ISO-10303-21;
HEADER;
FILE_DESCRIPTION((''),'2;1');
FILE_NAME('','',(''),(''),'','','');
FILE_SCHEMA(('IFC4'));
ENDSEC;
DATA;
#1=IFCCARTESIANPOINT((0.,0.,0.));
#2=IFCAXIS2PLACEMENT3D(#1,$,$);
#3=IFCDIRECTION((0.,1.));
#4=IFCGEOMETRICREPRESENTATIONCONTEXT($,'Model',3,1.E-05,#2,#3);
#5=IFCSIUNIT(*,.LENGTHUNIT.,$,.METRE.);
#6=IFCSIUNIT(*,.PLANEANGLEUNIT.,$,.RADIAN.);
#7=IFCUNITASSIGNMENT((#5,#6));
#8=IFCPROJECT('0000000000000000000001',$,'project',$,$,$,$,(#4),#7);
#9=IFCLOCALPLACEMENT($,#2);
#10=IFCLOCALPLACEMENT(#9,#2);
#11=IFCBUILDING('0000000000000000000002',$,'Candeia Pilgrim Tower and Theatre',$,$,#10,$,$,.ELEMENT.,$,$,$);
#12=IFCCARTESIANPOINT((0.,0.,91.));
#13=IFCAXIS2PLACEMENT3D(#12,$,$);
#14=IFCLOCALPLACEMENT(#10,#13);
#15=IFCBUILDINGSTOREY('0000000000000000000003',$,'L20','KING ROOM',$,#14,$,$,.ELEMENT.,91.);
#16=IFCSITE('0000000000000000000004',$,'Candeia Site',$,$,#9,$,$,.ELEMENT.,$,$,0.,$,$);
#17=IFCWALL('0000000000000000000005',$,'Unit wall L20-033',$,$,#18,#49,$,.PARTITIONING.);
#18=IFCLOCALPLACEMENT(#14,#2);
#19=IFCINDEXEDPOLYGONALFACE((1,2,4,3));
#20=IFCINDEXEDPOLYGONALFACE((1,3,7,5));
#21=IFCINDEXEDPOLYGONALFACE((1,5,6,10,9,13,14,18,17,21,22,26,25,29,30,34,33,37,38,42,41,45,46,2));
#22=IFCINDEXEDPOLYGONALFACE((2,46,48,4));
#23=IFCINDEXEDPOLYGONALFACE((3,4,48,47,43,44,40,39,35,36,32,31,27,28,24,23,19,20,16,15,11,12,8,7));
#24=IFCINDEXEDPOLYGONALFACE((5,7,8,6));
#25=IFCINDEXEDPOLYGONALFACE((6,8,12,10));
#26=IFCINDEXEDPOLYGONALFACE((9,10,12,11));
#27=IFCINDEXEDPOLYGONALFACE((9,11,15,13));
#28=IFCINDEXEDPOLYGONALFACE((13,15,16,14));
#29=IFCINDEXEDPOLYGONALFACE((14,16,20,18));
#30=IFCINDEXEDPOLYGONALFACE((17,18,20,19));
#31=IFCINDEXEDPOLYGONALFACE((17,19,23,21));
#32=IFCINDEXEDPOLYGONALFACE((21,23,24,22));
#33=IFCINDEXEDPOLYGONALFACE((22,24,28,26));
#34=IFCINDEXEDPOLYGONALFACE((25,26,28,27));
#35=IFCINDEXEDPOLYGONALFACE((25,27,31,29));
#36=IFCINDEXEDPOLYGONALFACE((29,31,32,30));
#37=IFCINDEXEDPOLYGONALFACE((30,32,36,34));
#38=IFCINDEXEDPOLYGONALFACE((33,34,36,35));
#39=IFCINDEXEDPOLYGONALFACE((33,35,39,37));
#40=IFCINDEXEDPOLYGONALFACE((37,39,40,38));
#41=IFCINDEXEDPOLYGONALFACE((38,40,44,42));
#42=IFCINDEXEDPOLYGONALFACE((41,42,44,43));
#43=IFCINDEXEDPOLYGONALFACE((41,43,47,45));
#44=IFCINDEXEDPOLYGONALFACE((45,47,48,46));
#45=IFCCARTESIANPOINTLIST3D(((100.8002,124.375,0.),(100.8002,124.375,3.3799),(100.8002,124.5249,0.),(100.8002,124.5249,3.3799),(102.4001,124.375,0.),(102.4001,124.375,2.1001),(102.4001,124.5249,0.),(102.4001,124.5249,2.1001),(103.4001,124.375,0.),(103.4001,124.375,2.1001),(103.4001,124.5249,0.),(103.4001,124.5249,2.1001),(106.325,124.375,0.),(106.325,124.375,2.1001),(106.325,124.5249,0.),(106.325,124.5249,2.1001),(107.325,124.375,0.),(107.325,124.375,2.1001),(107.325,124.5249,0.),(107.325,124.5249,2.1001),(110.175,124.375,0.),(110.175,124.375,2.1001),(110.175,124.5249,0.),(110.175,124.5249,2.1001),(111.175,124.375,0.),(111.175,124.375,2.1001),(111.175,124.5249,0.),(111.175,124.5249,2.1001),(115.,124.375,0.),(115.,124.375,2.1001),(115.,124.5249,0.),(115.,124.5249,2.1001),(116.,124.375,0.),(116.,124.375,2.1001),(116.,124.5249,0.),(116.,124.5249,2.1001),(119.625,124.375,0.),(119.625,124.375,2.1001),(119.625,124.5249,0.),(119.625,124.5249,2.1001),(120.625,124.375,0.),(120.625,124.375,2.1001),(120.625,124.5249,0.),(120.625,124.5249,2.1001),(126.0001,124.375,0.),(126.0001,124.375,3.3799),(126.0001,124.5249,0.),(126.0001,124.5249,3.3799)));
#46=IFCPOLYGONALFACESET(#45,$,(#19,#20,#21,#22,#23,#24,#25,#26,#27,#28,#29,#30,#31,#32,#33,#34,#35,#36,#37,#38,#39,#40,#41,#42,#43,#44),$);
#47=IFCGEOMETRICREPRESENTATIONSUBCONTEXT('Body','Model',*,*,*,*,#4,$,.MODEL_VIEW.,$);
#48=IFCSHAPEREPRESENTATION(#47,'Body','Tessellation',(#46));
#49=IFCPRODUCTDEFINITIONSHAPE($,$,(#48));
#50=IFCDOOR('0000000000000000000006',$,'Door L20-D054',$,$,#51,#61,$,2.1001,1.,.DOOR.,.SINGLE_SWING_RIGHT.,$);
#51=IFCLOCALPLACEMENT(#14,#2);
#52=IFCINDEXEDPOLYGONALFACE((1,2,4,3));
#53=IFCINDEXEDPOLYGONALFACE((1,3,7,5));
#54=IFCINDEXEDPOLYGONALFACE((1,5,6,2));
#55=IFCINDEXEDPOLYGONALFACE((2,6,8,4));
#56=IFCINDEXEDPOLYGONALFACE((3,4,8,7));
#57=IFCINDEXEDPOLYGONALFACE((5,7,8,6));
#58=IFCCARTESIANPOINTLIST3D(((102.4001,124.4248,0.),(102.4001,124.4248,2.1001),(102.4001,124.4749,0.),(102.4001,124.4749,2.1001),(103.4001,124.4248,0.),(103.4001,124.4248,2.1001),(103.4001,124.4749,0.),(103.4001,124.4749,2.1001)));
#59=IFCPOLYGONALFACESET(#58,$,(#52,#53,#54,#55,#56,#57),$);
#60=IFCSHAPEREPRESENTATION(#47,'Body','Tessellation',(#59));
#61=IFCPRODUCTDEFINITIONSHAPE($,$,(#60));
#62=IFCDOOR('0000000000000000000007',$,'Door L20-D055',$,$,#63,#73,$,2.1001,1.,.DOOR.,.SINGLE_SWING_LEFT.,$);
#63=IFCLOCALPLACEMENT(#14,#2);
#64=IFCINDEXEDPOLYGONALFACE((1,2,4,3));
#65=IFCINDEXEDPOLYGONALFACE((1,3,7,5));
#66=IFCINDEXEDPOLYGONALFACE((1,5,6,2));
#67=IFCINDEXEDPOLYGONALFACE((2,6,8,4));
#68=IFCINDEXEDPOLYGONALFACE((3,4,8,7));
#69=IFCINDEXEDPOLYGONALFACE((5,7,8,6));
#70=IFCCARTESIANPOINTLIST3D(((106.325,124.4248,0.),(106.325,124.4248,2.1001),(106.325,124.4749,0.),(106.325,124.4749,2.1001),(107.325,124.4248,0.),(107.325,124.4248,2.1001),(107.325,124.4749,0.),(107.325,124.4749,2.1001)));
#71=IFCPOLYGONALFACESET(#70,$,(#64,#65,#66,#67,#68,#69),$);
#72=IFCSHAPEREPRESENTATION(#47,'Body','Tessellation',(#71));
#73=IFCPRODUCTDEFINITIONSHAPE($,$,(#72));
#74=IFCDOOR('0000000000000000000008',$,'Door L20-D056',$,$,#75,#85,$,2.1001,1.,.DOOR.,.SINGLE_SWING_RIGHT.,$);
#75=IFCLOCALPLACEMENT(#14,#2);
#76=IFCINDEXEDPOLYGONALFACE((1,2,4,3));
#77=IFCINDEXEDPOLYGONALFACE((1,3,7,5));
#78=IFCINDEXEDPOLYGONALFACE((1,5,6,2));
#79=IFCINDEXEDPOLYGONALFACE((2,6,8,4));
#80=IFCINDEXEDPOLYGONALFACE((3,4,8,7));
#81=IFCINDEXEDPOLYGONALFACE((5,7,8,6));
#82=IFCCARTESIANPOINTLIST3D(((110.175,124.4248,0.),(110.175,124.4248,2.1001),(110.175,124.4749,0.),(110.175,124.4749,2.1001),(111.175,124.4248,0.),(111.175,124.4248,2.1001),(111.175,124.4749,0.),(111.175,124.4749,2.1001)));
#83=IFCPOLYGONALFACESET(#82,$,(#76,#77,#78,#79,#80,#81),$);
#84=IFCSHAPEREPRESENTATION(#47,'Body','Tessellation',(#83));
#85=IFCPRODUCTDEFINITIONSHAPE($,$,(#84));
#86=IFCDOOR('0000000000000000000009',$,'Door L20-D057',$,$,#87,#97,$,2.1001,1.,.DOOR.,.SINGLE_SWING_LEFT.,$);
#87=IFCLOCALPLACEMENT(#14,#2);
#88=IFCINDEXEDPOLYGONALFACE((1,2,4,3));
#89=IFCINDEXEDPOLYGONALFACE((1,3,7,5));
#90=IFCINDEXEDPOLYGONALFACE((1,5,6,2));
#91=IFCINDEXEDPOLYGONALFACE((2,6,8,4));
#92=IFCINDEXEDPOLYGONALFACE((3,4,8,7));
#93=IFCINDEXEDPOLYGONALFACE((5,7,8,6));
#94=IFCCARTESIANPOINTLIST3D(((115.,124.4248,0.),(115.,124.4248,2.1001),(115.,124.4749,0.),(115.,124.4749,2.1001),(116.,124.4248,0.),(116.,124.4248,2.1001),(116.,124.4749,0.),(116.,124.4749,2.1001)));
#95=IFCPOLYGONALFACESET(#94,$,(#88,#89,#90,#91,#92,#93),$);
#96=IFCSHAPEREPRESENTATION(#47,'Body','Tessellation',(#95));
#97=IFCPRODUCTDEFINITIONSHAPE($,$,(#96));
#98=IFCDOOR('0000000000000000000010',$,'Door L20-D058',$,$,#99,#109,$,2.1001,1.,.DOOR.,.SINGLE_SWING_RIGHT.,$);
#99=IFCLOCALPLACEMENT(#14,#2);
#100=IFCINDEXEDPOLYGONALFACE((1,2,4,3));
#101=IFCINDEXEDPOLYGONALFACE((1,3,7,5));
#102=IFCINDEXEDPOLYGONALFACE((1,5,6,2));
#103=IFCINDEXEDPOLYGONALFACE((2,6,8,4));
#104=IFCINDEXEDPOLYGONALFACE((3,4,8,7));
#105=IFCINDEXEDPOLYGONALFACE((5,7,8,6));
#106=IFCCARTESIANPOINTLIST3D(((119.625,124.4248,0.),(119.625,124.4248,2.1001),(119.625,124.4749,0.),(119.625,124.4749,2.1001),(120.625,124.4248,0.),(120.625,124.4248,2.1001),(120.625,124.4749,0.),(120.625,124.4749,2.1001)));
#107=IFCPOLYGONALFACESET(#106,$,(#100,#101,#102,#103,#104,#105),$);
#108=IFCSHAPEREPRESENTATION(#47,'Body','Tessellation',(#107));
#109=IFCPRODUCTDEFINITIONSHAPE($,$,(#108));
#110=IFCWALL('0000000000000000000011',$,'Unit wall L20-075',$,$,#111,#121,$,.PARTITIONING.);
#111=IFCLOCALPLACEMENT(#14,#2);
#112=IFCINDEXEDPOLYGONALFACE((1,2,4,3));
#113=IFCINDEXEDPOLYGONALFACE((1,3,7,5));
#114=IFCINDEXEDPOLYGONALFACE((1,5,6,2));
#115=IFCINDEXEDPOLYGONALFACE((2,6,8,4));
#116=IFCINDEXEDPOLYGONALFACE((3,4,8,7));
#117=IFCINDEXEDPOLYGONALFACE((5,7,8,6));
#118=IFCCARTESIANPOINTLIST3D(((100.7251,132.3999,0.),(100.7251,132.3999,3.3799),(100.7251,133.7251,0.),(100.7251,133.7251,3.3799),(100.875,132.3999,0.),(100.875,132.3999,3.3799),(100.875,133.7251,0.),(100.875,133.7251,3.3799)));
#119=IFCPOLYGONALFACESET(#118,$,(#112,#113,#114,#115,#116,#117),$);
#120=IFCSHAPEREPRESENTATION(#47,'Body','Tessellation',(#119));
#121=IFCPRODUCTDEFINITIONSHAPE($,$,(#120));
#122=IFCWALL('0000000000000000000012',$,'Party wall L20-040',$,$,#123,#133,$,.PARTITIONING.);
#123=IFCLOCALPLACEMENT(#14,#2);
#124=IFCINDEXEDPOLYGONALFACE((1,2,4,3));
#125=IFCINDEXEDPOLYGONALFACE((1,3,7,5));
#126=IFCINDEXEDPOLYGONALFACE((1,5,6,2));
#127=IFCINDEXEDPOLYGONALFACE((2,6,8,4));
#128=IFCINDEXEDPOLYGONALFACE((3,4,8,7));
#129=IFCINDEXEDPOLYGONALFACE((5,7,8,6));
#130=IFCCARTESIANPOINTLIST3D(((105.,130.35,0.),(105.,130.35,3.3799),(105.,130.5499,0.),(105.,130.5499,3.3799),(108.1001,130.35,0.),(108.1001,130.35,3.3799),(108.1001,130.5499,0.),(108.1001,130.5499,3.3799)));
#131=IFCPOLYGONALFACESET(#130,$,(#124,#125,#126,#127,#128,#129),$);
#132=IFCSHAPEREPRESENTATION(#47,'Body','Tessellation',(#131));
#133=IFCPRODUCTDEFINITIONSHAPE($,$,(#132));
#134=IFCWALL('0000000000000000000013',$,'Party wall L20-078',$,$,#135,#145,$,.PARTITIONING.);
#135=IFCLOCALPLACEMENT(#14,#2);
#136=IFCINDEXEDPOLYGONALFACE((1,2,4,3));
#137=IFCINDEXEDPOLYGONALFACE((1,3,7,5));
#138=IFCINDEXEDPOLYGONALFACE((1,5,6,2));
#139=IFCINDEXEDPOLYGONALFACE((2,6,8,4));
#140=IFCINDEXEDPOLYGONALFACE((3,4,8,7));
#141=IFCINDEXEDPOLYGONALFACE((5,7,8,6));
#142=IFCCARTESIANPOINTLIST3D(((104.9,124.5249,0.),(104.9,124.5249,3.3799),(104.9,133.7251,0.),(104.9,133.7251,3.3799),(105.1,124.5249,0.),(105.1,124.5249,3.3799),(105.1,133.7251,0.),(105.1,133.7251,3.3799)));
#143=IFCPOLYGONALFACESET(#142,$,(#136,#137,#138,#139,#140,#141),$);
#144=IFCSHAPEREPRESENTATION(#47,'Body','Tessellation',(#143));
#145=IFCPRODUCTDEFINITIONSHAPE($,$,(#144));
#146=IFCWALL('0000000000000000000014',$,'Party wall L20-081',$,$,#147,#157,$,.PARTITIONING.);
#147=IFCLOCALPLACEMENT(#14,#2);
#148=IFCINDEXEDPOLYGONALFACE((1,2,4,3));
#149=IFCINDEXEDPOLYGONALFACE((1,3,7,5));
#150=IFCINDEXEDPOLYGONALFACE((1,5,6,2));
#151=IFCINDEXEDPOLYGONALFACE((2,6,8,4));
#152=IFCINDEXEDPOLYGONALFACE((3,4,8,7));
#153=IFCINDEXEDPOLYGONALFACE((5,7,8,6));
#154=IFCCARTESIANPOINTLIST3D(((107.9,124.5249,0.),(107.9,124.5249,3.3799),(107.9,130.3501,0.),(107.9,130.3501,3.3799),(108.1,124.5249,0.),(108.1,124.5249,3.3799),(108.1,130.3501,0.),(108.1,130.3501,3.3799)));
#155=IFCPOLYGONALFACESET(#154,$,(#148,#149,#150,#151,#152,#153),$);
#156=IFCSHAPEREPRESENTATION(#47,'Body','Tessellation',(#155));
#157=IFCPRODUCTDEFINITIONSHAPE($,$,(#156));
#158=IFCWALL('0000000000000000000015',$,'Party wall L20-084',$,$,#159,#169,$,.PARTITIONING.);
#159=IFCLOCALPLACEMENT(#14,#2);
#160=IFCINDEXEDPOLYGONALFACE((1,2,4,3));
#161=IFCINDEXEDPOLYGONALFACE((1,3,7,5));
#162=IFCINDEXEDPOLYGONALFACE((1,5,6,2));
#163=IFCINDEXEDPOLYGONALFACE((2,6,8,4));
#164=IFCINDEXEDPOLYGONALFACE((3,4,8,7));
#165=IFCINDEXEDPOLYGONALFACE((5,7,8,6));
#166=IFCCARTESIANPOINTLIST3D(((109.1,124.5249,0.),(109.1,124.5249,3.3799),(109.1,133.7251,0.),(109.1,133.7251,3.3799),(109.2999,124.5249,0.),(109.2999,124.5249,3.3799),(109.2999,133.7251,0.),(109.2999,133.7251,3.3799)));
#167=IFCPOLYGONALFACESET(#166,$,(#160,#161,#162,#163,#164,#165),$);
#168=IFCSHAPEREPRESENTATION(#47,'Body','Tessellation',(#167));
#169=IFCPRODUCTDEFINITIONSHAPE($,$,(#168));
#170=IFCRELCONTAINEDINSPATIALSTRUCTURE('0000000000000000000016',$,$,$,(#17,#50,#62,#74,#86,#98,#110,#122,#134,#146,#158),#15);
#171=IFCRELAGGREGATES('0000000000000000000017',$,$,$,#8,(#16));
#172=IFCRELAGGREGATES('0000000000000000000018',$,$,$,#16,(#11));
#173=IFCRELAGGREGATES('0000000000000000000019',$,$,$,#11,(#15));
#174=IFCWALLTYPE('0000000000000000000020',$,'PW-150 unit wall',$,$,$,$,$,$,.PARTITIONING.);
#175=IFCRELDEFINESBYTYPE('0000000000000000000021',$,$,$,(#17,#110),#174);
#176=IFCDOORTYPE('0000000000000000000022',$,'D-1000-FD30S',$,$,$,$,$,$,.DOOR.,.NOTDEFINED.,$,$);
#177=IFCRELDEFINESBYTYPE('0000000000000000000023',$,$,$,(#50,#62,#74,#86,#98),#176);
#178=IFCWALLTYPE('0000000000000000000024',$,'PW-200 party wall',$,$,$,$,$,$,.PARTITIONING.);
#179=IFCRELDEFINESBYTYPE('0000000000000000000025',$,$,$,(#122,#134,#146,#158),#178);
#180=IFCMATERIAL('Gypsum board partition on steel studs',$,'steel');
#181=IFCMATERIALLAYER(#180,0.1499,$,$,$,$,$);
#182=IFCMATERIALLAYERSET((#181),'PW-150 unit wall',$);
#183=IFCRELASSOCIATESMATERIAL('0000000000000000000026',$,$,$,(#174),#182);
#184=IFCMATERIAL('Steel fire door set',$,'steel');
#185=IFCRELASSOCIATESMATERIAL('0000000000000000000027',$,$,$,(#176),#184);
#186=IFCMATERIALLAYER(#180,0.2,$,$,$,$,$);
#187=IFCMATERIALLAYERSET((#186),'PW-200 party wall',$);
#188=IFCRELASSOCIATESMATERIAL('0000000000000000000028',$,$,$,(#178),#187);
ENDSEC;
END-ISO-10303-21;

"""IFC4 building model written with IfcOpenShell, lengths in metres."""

from ifc_helpers import new_model, si_unit, direction, frame, frame_2d, origin, place, context, subcontext, project, spatial, rectangle, extrude, material, layer, layer_set, type_object, element, fill, save


model = new_model("IFC4")

# Units and contexts
model_context = context("Model", 3, precision=1e-05, world=origin(), true_north=direction((0.0, 1.0)))
body_context = subcontext(model_context, "Body", "Model", "MODEL_VIEW")
ifc_project = project(units=[si_unit("LENGTHUNIT", "METRE"), si_unit("PLANEANGLEUNIT", "RADIAN")], contexts=[model_context])

# Site, building, storey
site_placement = place(None, origin())
site = spatial("IfcSite", under=ifc_project, at=site_placement, Name="Candeia Site", CompositionType="ELEMENT", RefElevation=0.0)
building_placement = place(site_placement, origin())
building = spatial("IfcBuilding", under=site, at=building_placement, Name="Candeia Pilgrim Tower and Theatre", CompositionType="ELEMENT")
storey_placement = place(building_placement, frame((0.0, 0.0, 91.0)))
storey = spatial("IfcBuildingStorey", under=building, at=storey_placement, Name="L20", Description="KING ROOM", CompositionType="ELEMENT", Elevation=91.0)

# Shared definitions
ifc_material_1 = material(Name="Steel fire door set", Category="steel")
ifc_material_2 = material(Name="Gypsum board partition on steel studs", Category="steel")

# Shared definitions
ifc_layer_1 = layer(ifc_material_2, 0.1499)
ifc_layer_set_1 = layer_set([ifc_layer_1], Name="PW-150 unit wall")
wall_type_1 = type_object("IfcWallType", Name="PW-150 unit wall", PredefinedType="PARTITIONING", material=ifc_layer_set_1)

# Wall, openings, doors
wall_1_placement = place(storey_placement, frame((100.8, 124.45, 0.0), z_axis=(0.0, 0.0, 1.0), x_axis=(1.0, 0.0, 0.0)))
wall_1 = element("IfcWall", 1, at=wall_1_placement, inside=storey, type_object=wall_type_1, Name="Unit wall L20-033", PredefinedType="PARTITIONING", context=body_context, shape_type="SweptSolid", body=[
    extrude(rectangle(XDim=25.2, YDim=0.1499, at=frame_2d((12.6001, 0.0))), origin(), (0.0, 0.0, 1.0), 3.3799),
])
opening_1_placement = place(wall_1_placement, frame((1.6001, 0.0, 0.0)))
opening_1 = element("IfcOpeningElement", 2, at=opening_1_placement, cuts=wall_1, PredefinedType="OPENING", context=body_context, shape_type="SweptSolid", body=[
    extrude(rectangle(XDim=1.0, YDim=2.1001, at=frame_2d((0.5, 1.05))), frame((0.0, 0.085, 0.0), z_axis=(0.0, -1.0, 0.0), x_axis=(1.0, 0.0, 0.0)), (0.0, 0.0, 1.0), 0.1699),
])
opening_2_placement = place(wall_1_placement, frame((5.5249, 0.0, 0.0)))
opening_2 = element("IfcOpeningElement", 3, at=opening_2_placement, cuts=wall_1, PredefinedType="OPENING", context=body_context, shape_type="SweptSolid", body=[
    extrude(rectangle(XDim=1.0, YDim=2.1001, at=frame_2d((0.5, 1.05))), frame((0.0, 0.085, 0.0), z_axis=(0.0, -1.0, 0.0), x_axis=(1.0, 0.0, 0.0)), (0.0, 0.0, 1.0), 0.1699),
])
opening_3_placement = place(wall_1_placement, frame((9.375, 0.0, 0.0)))
opening_3 = element("IfcOpeningElement", 4, at=opening_3_placement, cuts=wall_1, PredefinedType="OPENING", context=body_context, shape_type="SweptSolid", body=[
    extrude(rectangle(XDim=1.0, YDim=2.1001, at=frame_2d((0.5, 1.05))), frame((0.0, 0.085, 0.0), z_axis=(0.0, -1.0, 0.0), x_axis=(1.0, 0.0, 0.0)), (0.0, 0.0, 1.0), 0.1699),
])
opening_4_placement = place(wall_1_placement, frame((14.2, 0.0, 0.0)))
opening_4 = element("IfcOpeningElement", 5, at=opening_4_placement, cuts=wall_1, PredefinedType="OPENING", context=body_context, shape_type="SweptSolid", body=[
    extrude(rectangle(XDim=1.0, YDim=2.1001, at=frame_2d((0.5, 1.05))), frame((0.0, 0.085, 0.0), z_axis=(0.0, -1.0, 0.0), x_axis=(1.0, 0.0, 0.0)), (0.0, 0.0, 1.0), 0.1699),
])
opening_5_placement = place(wall_1_placement, frame((18.825, 0.0, 0.0)))
opening_5 = element("IfcOpeningElement", 6, at=opening_5_placement, cuts=wall_1, PredefinedType="OPENING", context=body_context, shape_type="SweptSolid", body=[
    extrude(rectangle(XDim=1.0, YDim=2.1001, at=frame_2d((0.5, 1.05))), frame((0.0, 0.085, 0.0), z_axis=(0.0, -1.0, 0.0), x_axis=(1.0, 0.0, 0.0)), (0.0, 0.0, 1.0), 0.1699),
])
door_type_1 = type_object("IfcDoorType", Name="D-1000-FD30S", OperationType="NOTDEFINED", PredefinedType="DOOR", material=ifc_material_1)
door_1_placement = place(opening_1_placement, origin())
door_1 = element("IfcDoor", 7, at=door_1_placement, inside=storey, type_object=door_type_1, Name="Door L20-D054", OperationType="SINGLE_SWING_RIGHT", OverallHeight=2.1001, OverallWidth=1.0, PredefinedType="DOOR", context=body_context, shape_type="SweptSolid", body=[
    extrude(rectangle(XDim=1.0, YDim=2.1001, at=frame_2d((0.5, 1.05))), frame((0.0, 0.0249, 0.0), z_axis=(0.0, -1.0, 0.0), x_axis=(1.0, 0.0, 0.0)), (0.0, 0.0, 1.0), 0.05),
])
fill(opening_1, door_1)
door_2_placement = place(opening_2_placement, origin())
door_2 = element("IfcDoor", 8, at=door_2_placement, inside=storey, type_object=door_type_1, Name="Door L20-D055", OperationType="SINGLE_SWING_LEFT", OverallHeight=2.1001, OverallWidth=1.0, PredefinedType="DOOR", context=body_context, shape_type="SweptSolid", body=[
    extrude(rectangle(XDim=1.0, YDim=2.1001, at=frame_2d((0.5, 1.05))), frame((0.0, 0.0249, 0.0), z_axis=(0.0, -1.0, 0.0), x_axis=(1.0, 0.0, 0.0)), (0.0, 0.0, 1.0), 0.05),
])
fill(opening_2, door_2)
door_3_placement = place(opening_3_placement, origin())
door_3 = element("IfcDoor", 9, at=door_3_placement, inside=storey, type_object=door_type_1, Name="Door L20-D056", OperationType="SINGLE_SWING_RIGHT", OverallHeight=2.1001, OverallWidth=1.0, PredefinedType="DOOR", context=body_context, shape_type="SweptSolid", body=[
    extrude(rectangle(XDim=1.0, YDim=2.1001, at=frame_2d((0.5, 1.05))), frame((0.0, 0.0249, 0.0), z_axis=(0.0, -1.0, 0.0), x_axis=(1.0, 0.0, 0.0)), (0.0, 0.0, 1.0), 0.05),
])
fill(opening_3, door_3)
door_4_placement = place(opening_4_placement, origin())
door_4 = element("IfcDoor", 10, at=door_4_placement, inside=storey, type_object=door_type_1, Name="Door L20-D057", OperationType="SINGLE_SWING_LEFT", OverallHeight=2.1001, OverallWidth=1.0, PredefinedType="DOOR", context=body_context, shape_type="SweptSolid", body=[
    extrude(rectangle(XDim=1.0, YDim=2.1001, at=frame_2d((0.5, 1.05))), frame((0.0, 0.0249, 0.0), z_axis=(0.0, -1.0, 0.0), x_axis=(1.0, 0.0, 0.0)), (0.0, 0.0, 1.0), 0.05),
])
fill(opening_4, door_4)
door_5_placement = place(opening_5_placement, origin())
door_5 = element("IfcDoor", 11, at=door_5_placement, inside=storey, type_object=door_type_1, Name="Door L20-D058", OperationType="SINGLE_SWING_RIGHT", OverallHeight=2.1001, OverallWidth=1.0, PredefinedType="DOOR", context=body_context, shape_type="SweptSolid", body=[
    extrude(rectangle(XDim=1.0, YDim=2.1001, at=frame_2d((0.5, 1.05))), frame((0.0, 0.0249, 0.0), z_axis=(0.0, -1.0, 0.0), x_axis=(1.0, 0.0, 0.0)), (0.0, 0.0, 1.0), 0.05),
])
fill(opening_5, door_5)

# Walls
wall_2_placement = place(storey_placement, frame((100.8, 132.3999, 0.0), z_axis=(0.0, 0.0, 1.0), x_axis=(0.0, 1.0, 0.0)))
element("IfcWall", 12, at=wall_2_placement, inside=storey, type_object=wall_type_1, Name="Unit wall L20-075", PredefinedType="PARTITIONING", context=body_context, shape_type="SweptSolid", body=[
    extrude(rectangle(XDim=1.3252, YDim=0.1499, at=frame_2d((0.6626, 0.0))), origin(), (0.0, 0.0, 1.0), 3.3799),
])
ifc_layer_2 = layer(ifc_material_2, 0.2)
ifc_layer_set_2 = layer_set([ifc_layer_2], Name="PW-200 party wall")
wall_type_2 = type_object("IfcWallType", Name="PW-200 party wall", PredefinedType="PARTITIONING", material=ifc_layer_set_2)
wall_3_placement = place(storey_placement, frame((105.0, 130.45, 0.0), z_axis=(0.0, 0.0, 1.0), x_axis=(1.0, 0.0, 0.0)))
element("IfcWall", 13, at=wall_3_placement, inside=storey, type_object=wall_type_2, Name="Party wall L20-040", PredefinedType="PARTITIONING", context=body_context, shape_type="SweptSolid", body=[
    extrude(rectangle(XDim=3.1001, YDim=0.2, at=frame_2d((1.55, 0.0))), origin(), (0.0, 0.0, 1.0), 3.3799),
])
wall_4_placement = place(storey_placement, frame((105.0, 124.5249, 0.0), z_axis=(0.0, 0.0, 1.0), x_axis=(0.0, 1.0, 0.0)))
element("IfcWall", 14, at=wall_4_placement, inside=storey, type_object=wall_type_2, Name="Party wall L20-078", PredefinedType="PARTITIONING", context=body_context, shape_type="SweptSolid", body=[
    extrude(rectangle(XDim=9.2002, YDim=0.2, at=frame_2d((4.6001, 0.0))), origin(), (0.0, 0.0, 1.0), 3.3799),
])
wall_5_placement = place(storey_placement, frame((108.0, 124.5249, 0.0), z_axis=(0.0, 0.0, 1.0), x_axis=(0.0, 1.0, 0.0)))
element("IfcWall", 15, at=wall_5_placement, inside=storey, type_object=wall_type_2, Name="Party wall L20-081", PredefinedType="PARTITIONING", context=body_context, shape_type="SweptSolid", body=[
    extrude(rectangle(XDim=5.8252, YDim=0.2, at=frame_2d((2.9126, 0.0))), origin(), (0.0, 0.0, 1.0), 3.3799),
])
wall_6_placement = place(storey_placement, frame((109.2, 124.5249, 0.0), z_axis=(0.0, 0.0, 1.0), x_axis=(0.0, 1.0, 0.0)))
element("IfcWall", 16, at=wall_6_placement, inside=storey, type_object=wall_type_2, Name="Party wall L20-084", PredefinedType="PARTITIONING", context=body_context, shape_type="SweptSolid", body=[
    extrude(rectangle(XDim=9.2002, YDim=0.2, at=frame_2d((4.6001, 0.0))), origin(), (0.0, 0.0, 1.0), 3.3799),
])

save(model, "model.ifc")
